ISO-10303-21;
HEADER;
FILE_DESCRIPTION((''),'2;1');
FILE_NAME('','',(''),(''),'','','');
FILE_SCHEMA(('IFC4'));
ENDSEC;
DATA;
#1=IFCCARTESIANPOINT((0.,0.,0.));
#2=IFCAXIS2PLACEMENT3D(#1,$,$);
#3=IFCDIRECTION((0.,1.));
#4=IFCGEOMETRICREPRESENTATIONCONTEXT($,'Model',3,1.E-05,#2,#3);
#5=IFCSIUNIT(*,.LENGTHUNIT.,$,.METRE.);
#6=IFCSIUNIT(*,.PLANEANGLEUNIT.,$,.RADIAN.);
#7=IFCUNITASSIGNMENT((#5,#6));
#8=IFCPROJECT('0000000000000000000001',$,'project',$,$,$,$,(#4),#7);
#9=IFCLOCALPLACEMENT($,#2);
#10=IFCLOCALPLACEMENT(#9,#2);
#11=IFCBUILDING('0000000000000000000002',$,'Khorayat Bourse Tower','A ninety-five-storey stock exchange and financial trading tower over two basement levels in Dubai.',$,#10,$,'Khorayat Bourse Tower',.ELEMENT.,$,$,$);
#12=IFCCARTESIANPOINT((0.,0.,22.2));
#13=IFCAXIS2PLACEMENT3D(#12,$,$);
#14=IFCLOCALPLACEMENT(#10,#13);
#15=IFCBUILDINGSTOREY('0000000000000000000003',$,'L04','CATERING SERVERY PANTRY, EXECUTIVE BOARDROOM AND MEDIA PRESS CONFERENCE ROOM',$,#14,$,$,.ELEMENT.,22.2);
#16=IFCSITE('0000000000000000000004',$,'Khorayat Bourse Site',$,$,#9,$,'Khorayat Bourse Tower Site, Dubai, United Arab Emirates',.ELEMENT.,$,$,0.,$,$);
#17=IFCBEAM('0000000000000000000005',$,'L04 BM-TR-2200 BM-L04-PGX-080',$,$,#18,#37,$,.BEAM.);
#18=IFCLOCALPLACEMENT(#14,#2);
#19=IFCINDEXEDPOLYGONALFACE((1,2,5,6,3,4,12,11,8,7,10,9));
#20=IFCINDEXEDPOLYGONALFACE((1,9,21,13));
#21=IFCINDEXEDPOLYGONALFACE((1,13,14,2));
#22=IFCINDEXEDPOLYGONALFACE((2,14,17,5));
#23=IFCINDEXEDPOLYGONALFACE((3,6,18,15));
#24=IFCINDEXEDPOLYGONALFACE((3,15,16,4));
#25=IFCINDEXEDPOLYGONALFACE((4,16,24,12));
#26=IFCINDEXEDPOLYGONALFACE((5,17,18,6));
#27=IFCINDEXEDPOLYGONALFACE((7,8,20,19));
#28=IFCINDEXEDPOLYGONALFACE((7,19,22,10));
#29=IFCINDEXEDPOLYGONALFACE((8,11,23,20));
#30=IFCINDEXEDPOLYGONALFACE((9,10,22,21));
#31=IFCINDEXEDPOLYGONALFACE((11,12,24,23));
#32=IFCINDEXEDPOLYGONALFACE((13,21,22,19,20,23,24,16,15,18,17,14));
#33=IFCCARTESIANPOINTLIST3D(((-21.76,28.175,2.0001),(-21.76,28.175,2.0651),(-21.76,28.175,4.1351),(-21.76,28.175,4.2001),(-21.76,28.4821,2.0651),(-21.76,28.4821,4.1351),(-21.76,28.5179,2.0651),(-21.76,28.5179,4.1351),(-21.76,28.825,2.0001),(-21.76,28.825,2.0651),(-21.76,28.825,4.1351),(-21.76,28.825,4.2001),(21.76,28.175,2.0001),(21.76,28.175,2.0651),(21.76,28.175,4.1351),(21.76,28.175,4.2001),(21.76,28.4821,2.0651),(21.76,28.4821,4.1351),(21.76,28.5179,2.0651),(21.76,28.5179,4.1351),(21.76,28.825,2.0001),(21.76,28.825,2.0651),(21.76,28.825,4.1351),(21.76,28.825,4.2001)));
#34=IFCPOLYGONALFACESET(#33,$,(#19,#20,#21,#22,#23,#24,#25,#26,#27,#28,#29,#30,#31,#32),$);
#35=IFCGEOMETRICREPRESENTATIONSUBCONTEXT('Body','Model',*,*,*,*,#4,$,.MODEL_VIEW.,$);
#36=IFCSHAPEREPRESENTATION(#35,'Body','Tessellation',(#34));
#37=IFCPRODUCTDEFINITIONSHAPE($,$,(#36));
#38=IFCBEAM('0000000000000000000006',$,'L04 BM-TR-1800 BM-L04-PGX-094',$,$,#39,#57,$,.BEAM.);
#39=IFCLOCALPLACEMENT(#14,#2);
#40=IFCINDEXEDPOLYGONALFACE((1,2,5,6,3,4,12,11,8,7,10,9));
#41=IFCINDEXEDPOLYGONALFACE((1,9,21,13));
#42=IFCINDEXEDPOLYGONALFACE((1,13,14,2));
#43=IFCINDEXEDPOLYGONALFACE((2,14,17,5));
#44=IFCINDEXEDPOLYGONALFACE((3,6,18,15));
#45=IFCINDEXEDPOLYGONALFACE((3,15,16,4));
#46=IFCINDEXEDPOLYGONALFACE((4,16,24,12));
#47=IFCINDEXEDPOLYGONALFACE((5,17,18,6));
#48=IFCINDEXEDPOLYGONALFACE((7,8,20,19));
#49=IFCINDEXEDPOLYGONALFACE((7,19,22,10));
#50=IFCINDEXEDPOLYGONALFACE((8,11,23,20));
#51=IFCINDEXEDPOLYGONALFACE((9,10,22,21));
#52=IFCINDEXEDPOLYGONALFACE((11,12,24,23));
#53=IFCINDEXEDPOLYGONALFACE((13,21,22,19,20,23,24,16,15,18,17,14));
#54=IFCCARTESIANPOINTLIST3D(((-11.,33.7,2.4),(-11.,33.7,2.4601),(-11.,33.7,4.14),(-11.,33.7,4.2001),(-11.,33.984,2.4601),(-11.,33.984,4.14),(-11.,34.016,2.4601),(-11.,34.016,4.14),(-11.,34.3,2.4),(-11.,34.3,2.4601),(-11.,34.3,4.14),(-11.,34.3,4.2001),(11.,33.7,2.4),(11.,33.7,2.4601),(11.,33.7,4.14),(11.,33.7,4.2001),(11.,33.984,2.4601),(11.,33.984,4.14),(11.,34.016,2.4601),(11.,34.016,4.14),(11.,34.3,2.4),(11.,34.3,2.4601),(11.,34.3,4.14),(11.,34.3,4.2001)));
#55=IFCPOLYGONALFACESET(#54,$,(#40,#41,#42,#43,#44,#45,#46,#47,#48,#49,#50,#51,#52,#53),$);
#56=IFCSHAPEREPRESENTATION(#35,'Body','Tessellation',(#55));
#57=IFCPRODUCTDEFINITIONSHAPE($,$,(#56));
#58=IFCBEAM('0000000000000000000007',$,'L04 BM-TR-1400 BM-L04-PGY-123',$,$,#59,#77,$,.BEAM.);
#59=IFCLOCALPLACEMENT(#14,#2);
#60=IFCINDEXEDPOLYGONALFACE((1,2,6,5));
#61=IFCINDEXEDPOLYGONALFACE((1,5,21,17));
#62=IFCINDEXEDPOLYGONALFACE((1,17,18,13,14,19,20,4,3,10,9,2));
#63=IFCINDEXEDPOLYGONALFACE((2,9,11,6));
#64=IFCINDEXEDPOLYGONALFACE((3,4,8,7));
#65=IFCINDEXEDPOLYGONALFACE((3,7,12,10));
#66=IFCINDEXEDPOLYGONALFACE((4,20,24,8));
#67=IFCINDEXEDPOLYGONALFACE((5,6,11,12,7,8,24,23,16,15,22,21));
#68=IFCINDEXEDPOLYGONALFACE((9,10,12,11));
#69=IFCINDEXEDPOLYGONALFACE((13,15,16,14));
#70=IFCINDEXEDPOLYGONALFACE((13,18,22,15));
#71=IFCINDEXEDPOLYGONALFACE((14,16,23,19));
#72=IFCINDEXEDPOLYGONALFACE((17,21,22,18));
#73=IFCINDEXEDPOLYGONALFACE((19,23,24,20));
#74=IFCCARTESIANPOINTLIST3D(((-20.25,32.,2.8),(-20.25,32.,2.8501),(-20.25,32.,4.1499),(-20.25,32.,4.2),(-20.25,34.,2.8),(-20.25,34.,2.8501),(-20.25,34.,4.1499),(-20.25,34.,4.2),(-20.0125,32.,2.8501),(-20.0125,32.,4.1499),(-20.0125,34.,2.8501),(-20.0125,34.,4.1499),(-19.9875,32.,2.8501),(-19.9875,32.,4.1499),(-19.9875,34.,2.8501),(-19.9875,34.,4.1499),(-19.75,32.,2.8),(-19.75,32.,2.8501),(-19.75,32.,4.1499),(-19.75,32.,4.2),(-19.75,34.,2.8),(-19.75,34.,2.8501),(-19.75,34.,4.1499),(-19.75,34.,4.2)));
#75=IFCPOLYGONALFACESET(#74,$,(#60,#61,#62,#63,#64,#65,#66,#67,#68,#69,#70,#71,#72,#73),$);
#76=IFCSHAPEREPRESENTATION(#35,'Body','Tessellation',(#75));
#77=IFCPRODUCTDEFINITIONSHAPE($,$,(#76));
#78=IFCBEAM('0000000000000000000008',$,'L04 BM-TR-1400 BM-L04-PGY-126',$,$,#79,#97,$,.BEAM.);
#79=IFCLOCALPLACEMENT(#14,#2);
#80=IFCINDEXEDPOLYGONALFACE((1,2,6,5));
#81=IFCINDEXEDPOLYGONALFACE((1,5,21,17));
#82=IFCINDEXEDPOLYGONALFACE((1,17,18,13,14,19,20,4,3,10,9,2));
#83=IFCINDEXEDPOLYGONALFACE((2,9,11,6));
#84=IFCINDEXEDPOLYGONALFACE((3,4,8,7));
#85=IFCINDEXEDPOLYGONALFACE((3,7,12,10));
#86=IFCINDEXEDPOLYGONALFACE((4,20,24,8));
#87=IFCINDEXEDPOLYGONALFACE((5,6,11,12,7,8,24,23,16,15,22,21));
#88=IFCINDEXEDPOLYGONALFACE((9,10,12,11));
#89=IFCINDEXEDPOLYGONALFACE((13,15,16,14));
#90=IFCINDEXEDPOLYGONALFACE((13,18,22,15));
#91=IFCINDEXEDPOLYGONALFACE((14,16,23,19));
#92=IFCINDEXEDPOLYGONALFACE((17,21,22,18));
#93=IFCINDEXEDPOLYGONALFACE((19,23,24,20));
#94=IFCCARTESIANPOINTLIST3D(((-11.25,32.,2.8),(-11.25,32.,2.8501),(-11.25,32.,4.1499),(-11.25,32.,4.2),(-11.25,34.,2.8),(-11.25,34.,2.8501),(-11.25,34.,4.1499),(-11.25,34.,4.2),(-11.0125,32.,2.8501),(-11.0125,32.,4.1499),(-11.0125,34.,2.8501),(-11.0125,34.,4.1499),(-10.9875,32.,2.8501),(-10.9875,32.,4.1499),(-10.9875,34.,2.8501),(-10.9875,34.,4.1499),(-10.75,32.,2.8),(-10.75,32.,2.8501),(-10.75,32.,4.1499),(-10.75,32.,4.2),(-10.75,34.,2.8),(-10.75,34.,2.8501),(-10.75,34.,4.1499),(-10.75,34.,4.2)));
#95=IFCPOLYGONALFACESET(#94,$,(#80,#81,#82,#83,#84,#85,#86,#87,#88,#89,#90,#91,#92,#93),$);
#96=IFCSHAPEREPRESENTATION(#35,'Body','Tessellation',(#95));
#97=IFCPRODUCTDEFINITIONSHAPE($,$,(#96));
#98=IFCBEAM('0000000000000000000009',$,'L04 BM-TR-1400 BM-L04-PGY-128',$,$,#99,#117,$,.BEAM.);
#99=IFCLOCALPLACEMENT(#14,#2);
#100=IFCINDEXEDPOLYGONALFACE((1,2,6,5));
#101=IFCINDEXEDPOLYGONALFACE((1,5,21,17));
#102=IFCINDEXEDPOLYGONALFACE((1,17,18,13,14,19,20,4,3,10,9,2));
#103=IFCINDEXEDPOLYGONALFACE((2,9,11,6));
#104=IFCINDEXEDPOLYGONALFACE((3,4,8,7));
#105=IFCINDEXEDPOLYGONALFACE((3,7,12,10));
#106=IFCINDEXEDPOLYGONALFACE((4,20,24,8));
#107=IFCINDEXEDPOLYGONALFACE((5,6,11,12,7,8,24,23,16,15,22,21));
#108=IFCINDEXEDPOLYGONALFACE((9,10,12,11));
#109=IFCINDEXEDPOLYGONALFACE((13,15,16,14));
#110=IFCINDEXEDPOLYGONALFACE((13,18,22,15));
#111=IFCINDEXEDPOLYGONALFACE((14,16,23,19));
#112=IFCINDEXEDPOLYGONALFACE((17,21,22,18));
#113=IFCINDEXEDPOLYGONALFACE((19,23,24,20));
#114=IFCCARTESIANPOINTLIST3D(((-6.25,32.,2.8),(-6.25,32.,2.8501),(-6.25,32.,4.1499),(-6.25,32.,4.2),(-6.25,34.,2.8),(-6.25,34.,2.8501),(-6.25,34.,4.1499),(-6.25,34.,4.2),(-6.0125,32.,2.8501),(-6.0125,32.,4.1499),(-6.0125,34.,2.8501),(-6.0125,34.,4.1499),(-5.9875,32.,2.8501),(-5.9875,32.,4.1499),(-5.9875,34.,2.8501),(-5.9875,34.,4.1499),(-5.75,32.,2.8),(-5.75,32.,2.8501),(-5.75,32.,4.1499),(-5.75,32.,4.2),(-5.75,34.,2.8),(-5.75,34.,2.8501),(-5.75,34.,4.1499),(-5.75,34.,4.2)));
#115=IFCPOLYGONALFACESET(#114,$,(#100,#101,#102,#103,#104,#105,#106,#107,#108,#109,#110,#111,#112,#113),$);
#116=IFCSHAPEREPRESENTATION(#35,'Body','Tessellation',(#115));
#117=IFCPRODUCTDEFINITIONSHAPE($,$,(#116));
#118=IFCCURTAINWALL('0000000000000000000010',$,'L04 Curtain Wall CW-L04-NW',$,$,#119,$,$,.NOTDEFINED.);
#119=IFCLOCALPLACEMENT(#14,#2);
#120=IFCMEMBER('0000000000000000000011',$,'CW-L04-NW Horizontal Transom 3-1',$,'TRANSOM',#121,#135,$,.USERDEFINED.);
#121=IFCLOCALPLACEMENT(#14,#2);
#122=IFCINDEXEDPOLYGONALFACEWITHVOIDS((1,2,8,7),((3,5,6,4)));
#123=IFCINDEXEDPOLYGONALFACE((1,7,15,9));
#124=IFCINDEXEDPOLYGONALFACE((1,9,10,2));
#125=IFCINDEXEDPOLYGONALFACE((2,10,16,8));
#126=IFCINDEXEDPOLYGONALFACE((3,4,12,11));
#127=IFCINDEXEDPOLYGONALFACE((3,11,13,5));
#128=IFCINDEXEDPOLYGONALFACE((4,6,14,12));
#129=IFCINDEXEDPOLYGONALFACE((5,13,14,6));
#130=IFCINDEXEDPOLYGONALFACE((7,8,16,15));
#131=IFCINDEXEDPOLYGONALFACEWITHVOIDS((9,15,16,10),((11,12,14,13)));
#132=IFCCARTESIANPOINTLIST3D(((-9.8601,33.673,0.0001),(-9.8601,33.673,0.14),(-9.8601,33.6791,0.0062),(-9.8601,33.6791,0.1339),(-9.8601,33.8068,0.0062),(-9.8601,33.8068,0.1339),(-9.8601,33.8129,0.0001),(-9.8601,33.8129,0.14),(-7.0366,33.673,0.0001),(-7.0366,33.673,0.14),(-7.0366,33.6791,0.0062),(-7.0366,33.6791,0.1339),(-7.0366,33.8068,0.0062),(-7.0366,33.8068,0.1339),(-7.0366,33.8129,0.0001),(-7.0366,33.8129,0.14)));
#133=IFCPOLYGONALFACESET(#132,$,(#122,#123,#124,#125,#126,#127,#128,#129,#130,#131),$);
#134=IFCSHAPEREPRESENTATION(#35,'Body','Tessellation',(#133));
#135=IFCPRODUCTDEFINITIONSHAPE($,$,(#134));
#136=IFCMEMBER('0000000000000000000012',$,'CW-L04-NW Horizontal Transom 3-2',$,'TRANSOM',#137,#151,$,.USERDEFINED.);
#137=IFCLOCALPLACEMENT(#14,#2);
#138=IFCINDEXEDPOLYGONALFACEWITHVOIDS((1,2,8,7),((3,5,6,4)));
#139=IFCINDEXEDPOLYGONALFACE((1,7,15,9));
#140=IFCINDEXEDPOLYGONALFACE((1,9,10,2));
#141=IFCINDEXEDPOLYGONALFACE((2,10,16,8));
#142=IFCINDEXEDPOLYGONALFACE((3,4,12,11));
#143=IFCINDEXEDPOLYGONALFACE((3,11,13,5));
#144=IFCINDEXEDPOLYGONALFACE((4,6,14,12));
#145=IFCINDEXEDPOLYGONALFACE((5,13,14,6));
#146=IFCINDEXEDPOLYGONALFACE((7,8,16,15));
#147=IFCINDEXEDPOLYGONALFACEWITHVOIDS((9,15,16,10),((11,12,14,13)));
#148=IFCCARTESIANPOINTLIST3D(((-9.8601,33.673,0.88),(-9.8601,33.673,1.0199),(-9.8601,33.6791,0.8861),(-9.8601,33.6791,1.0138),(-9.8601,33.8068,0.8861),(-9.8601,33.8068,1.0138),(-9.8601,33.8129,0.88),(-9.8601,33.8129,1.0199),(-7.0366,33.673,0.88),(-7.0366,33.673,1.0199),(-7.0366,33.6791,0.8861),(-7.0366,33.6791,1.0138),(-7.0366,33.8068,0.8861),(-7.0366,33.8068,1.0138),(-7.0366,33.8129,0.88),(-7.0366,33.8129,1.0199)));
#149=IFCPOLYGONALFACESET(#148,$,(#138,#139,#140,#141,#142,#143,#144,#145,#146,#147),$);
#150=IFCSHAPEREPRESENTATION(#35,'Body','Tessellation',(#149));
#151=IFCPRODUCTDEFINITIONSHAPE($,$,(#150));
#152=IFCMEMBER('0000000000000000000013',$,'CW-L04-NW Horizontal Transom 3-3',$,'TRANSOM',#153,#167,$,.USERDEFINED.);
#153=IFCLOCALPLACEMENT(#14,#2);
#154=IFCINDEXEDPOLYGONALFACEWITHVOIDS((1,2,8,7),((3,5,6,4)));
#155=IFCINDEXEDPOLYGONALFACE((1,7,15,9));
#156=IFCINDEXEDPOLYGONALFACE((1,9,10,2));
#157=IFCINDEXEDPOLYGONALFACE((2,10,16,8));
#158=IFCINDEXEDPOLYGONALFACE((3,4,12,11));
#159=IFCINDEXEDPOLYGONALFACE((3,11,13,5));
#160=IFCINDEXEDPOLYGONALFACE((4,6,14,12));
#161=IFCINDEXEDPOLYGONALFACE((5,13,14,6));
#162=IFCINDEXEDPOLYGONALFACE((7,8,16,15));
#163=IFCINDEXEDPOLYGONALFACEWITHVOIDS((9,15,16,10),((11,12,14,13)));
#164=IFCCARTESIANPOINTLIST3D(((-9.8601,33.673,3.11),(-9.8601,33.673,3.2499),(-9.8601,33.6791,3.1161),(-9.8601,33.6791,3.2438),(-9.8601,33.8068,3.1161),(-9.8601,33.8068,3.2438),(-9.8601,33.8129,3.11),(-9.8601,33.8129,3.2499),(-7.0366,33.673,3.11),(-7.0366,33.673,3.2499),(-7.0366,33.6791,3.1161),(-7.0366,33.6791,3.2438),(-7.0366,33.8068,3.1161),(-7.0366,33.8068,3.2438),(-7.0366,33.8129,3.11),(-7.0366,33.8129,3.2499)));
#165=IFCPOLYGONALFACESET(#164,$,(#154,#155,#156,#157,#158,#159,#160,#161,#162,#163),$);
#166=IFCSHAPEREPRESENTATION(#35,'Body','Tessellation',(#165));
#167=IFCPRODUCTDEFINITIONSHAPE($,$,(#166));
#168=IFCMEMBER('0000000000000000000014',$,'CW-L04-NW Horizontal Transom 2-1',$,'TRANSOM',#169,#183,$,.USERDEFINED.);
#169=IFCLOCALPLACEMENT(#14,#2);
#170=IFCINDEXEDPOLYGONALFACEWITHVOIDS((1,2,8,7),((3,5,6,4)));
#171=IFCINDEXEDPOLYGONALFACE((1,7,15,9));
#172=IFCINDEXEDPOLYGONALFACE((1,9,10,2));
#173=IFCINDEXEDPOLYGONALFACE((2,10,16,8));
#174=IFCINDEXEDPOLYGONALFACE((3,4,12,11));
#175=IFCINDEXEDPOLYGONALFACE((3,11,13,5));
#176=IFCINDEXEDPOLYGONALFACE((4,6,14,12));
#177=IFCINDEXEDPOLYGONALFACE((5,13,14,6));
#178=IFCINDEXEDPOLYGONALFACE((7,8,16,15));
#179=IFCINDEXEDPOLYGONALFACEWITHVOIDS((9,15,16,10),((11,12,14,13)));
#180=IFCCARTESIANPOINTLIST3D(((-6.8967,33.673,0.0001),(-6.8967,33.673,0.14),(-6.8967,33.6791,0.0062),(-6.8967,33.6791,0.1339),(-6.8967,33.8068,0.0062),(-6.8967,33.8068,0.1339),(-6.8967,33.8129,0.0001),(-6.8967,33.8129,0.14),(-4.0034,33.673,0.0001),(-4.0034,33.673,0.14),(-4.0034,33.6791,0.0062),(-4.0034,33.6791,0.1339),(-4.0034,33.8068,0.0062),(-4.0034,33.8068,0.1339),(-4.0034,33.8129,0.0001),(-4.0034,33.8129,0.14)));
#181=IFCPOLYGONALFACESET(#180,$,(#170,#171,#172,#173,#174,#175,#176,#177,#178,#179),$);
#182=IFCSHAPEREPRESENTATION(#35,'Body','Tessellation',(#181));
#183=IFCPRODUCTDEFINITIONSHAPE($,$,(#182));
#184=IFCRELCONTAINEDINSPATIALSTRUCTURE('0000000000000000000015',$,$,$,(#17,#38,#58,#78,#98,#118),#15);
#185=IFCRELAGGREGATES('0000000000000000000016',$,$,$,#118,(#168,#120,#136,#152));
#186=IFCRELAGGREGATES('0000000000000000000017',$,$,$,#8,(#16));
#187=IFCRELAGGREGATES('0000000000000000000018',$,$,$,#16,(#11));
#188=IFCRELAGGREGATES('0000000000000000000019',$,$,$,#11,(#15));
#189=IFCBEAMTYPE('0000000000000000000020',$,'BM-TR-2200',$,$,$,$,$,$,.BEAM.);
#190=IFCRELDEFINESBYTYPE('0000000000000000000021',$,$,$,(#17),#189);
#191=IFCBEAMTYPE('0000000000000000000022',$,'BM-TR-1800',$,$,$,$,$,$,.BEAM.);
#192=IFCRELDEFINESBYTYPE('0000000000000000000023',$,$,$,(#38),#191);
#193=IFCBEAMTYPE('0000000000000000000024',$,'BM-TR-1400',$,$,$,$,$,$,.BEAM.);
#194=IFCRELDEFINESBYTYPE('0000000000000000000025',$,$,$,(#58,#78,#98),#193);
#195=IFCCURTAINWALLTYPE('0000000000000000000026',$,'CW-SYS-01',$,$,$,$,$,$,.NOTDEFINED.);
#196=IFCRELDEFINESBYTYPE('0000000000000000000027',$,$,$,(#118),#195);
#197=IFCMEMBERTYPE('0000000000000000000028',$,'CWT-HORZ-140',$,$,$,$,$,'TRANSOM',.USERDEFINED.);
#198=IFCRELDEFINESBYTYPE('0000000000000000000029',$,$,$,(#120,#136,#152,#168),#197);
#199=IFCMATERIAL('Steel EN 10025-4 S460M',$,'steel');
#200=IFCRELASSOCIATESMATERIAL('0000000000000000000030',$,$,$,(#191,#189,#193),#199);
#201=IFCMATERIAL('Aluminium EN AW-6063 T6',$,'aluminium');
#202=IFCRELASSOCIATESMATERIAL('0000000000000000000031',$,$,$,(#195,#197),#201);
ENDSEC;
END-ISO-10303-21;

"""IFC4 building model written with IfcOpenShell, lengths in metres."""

from ifc_helpers import new_model, si_unit, direction, frame, origin, origin_2d, place, context, subcontext, project, spatial, hollow_rectangle, i_section, extrude, source, transform, mapped, material, material_profile, profile_set, type_object, element, aggregate, save


model = new_model("IFC4")

# Units and contexts
model_context = context("Model", 3, precision=1e-05, world=origin(), true_north=direction((0.0, 1.0)))
body_context = subcontext(model_context, "Body", "Model", "MODEL_VIEW")
ifc_project = project(units=[si_unit("LENGTHUNIT", "METRE"), si_unit("PLANEANGLEUNIT", "RADIAN")], contexts=[model_context])

# Site, building, storey
site_placement = place(None, origin())
site = spatial("IfcSite", under=ifc_project, at=site_placement, Name="Khorayat Bourse Site", LongName="Khorayat Bourse Tower Site, Dubai, United Arab Emirates", CompositionType="ELEMENT", RefElevation=0.0)
building_placement = place(site_placement, origin())
building = spatial("IfcBuilding", under=site, at=building_placement, Name="Khorayat Bourse Tower", Description="A ninety-five-storey stock exchange and financial trading tower over two basement levels in Dubai.", LongName="Khorayat Bourse Tower", CompositionType="ELEMENT")
storey_placement = place(building_placement, frame((0.0, 0.0, 22.2)))
storey = spatial("IfcBuildingStorey", under=building, at=storey_placement, Name="L04", Description="CATERING SERVERY PANTRY, EXECUTIVE BOARDROOM AND MEDIA PRESS CONFERENCE ROOM", CompositionType="ELEMENT", Elevation=22.2)

# Beams
ifc_material_1 = material(Name="Steel EN 10025-4 S460M", Category="steel")
ifc_material_profile_1 = material_profile(ifc_material_1, i_section(OverallWidth=0.6001, OverallDepth=1.8, WebThickness=0.032, FlangeThickness=0.0601, at=origin_2d()), Name="PG 1800x600x32x60")
ifc_profile_set_1 = profile_set([ifc_material_profile_1], Name="Steel EN 10025-4 S460M")
beam_type_1 = type_object("IfcBeamType", Name="BM-TR-1800", PredefinedType="BEAM", material=ifc_profile_set_1)
ifc_material_profile_2 = material_profile(ifc_material_1, i_section(OverallWidth=0.6499, OverallDepth=2.2, WebThickness=0.0359, FlangeThickness=0.0649, at=origin_2d()), Name="PG 2200x650x36x65")
ifc_profile_set_2 = profile_set([ifc_material_profile_2], Name="Steel EN 10025-4 S460M")
beam_type_2 = type_object("IfcBeamType", Name="BM-TR-2200", PredefinedType="BEAM", material=ifc_profile_set_2)
shared_shape_1 = source(origin(), body_context, "Body", "SweptSolid", [
    extrude(i_section(OverallWidth=0.6499, OverallDepth=2.2, WebThickness=0.0359, FlangeThickness=0.0649, at=origin_2d()), origin(), (0.0, 0.0, 1.0), 43.52),
])
beam_1_placement = place(storey_placement, frame((-21.76, 28.5, 3.1001), z_axis=(1.0, 0.0, 0.0), x_axis=(0.0, 1.0, 0.0)))
element("IfcBeam", 1, at=beam_1_placement, inside=storey, type_object=beam_type_2, Name="L04 BM-TR-2200 BM-L04-PGX-080", PredefinedType="BEAM", context=body_context, shape_type="MappedRepresentation", body=[
    mapped(shared_shape_1, transform((0.0, 0.0, 0.0), scale=1.0)),
])
shared_shape_2 = source(origin(), body_context, "Body", "SweptSolid", [
    extrude(i_section(OverallWidth=0.6001, OverallDepth=1.8, WebThickness=0.032, FlangeThickness=0.0601, at=origin_2d()), origin(), (0.0, 0.0, 1.0), 22.0),
])
beam_2_placement = place(storey_placement, frame((-11.0, 34.0, 3.3), z_axis=(1.0, 0.0, 0.0), x_axis=(0.0, 1.0, 0.0)))
element("IfcBeam", 2, at=beam_2_placement, inside=storey, type_object=beam_type_1, Name="L04 BM-TR-1800 BM-L04-PGX-094", PredefinedType="BEAM", context=body_context, shape_type="MappedRepresentation", body=[
    mapped(shared_shape_2, transform((0.0, 0.0, 0.0), scale=1.0)),
])
ifc_material_profile_3 = material_profile(ifc_material_1, i_section(OverallWidth=0.5, OverallDepth=1.3999, WebThickness=0.0249, FlangeThickness=0.05, at=origin_2d()), Name="PG 1400x500x25x50")
ifc_profile_set_3 = profile_set([ifc_material_profile_3], Name="Steel EN 10025-4 S460M")
beam_type_3 = type_object("IfcBeamType", Name="BM-TR-1400", PredefinedType="BEAM", material=ifc_profile_set_3)
shared_shape_3 = source(origin(), body_context, "Body", "SweptSolid", [
    extrude(i_section(OverallWidth=0.5, OverallDepth=1.3999, WebThickness=0.0249, FlangeThickness=0.05, at=origin_2d()), origin(), (0.0, 0.0, 1.0), 2.0),
])
for number, where, z_axis, x_axis, name in (
    (3, (-20.0, 32.0, 3.5), (0.0, 1.0, 0.0), (-1.0, 0.0, 0.0), "L04 BM-TR-1400 BM-L04-PGY-123"),
    (4, (-11.0, 32.0, 3.5), (0.0, 1.0, 0.0), (-1.0, 0.0, 0.0), "L04 BM-TR-1400 BM-L04-PGY-126"),
    (5, (-6.0, 32.0, 3.5), (0.0, 1.0, 0.0), (-1.0, 0.0, 0.0), "L04 BM-TR-1400 BM-L04-PGY-128"),
):
    element("IfcBeam", number, at=place(storey_placement, frame(where, z_axis=z_axis, x_axis=x_axis)), inside=storey, type_object=beam_type_3, Name=name, PredefinedType="BEAM", context=body_context, shape_type="MappedRepresentation", body=[
        mapped(shared_shape_3, transform((0.0, 0.0, 0.0), scale=1.0)),
    ])

# Curtain wall, members
ifc_material_2 = material(Name="Aluminium EN AW-6063 T6", Category="aluminium")
curtain_wall_type = type_object("IfcCurtainWallType", Name="CW-SYS-01", PredefinedType="NOTDEFINED", material=ifc_material_2)
curtain_wall_placement = place(storey_placement, origin())
curtain_wall = element("IfcCurtainWall", 6, at=curtain_wall_placement, inside=storey, type_object=curtain_wall_type, Name="L04 Curtain Wall CW-L04-NW", PredefinedType="NOTDEFINED")
ifc_material_profile_4 = material_profile(ifc_material_2, hollow_rectangle(XDim=0.1399, YDim=0.1399, WallThickness=0.0061, at=origin_2d()), Name="ALU 140x140x6")
ifc_profile_set_4 = profile_set([ifc_material_profile_4], Name="Aluminium EN AW-6063 T6")
member_type_1 = type_object("IfcMemberType", Name="CWT-HORZ-140", ElementType="TRANSOM", PredefinedType="USERDEFINED", material=ifc_profile_set_4)
shared_shape_4 = source(origin(), body_context, "Body", "SweptSolid", [
    extrude(hollow_rectangle(XDim=0.1399, YDim=0.1399, WallThickness=0.0061, at=origin_2d()), origin(), (0.0, 0.0, 1.0), 2.8235),
])
member_1_placement = place(storey_placement, frame((-7.0366, 33.7429, 0.0701), z_axis=(-1.0, 0.0, 0.0), x_axis=(0.0, -1.0, 0.0)))
member_1 = element("IfcMember", 7, at=member_1_placement, type_object=member_type_1, Name="CW-L04-NW Horizontal Transom 3-1", ObjectType="TRANSOM", PredefinedType="USERDEFINED", context=body_context, shape_type="MappedRepresentation", body=[
    mapped(shared_shape_4, transform((0.0, 0.0, 0.0), scale=1.0)),
])
member_2_placement = place(storey_placement, frame((-7.0366, 33.7429, 0.95), z_axis=(-1.0, 0.0, 0.0), x_axis=(0.0, -1.0, 0.0)))
member_2 = element("IfcMember", 8, at=member_2_placement, type_object=member_type_1, Name="CW-L04-NW Horizontal Transom 3-2", ObjectType="TRANSOM", PredefinedType="USERDEFINED", context=body_context, shape_type="MappedRepresentation", body=[
    mapped(shared_shape_4, transform((0.0, 0.0, 0.0), scale=1.0)),
])
member_3_placement = place(storey_placement, frame((-7.0366, 33.7429, 3.1799), z_axis=(-1.0, 0.0, 0.0), x_axis=(0.0, -1.0, 0.0)))
member_3 = element("IfcMember", 9, at=member_3_placement, type_object=member_type_1, Name="CW-L04-NW Horizontal Transom 3-3", ObjectType="TRANSOM", PredefinedType="USERDEFINED", context=body_context, shape_type="MappedRepresentation", body=[
    mapped(shared_shape_4, transform((0.0, 0.0, 0.0), scale=1.0)),
])
shared_shape_5 = source(origin(), body_context, "Body", "SweptSolid", [
    extrude(hollow_rectangle(XDim=0.1399, YDim=0.1399, WallThickness=0.0061, at=origin_2d()), origin(), (0.0, 0.0, 1.0), 2.8933),
])
member_4_placement = place(storey_placement, frame((-4.0034, 33.7429, 0.0701), z_axis=(-1.0, 0.0, 0.0), x_axis=(0.0, -1.0, 0.0)))
member_4 = element("IfcMember", 10, at=member_4_placement, type_object=member_type_1, Name="CW-L04-NW Horizontal Transom 2-1", ObjectType="TRANSOM", PredefinedType="USERDEFINED", context=body_context, shape_type="MappedRepresentation", body=[
    mapped(shared_shape_5, transform((0.0, 0.0, 0.0), scale=1.0)),
])

aggregate(curtain_wall, [member_4, member_1, member_2, member_3])

save(model, "model.ifc")
